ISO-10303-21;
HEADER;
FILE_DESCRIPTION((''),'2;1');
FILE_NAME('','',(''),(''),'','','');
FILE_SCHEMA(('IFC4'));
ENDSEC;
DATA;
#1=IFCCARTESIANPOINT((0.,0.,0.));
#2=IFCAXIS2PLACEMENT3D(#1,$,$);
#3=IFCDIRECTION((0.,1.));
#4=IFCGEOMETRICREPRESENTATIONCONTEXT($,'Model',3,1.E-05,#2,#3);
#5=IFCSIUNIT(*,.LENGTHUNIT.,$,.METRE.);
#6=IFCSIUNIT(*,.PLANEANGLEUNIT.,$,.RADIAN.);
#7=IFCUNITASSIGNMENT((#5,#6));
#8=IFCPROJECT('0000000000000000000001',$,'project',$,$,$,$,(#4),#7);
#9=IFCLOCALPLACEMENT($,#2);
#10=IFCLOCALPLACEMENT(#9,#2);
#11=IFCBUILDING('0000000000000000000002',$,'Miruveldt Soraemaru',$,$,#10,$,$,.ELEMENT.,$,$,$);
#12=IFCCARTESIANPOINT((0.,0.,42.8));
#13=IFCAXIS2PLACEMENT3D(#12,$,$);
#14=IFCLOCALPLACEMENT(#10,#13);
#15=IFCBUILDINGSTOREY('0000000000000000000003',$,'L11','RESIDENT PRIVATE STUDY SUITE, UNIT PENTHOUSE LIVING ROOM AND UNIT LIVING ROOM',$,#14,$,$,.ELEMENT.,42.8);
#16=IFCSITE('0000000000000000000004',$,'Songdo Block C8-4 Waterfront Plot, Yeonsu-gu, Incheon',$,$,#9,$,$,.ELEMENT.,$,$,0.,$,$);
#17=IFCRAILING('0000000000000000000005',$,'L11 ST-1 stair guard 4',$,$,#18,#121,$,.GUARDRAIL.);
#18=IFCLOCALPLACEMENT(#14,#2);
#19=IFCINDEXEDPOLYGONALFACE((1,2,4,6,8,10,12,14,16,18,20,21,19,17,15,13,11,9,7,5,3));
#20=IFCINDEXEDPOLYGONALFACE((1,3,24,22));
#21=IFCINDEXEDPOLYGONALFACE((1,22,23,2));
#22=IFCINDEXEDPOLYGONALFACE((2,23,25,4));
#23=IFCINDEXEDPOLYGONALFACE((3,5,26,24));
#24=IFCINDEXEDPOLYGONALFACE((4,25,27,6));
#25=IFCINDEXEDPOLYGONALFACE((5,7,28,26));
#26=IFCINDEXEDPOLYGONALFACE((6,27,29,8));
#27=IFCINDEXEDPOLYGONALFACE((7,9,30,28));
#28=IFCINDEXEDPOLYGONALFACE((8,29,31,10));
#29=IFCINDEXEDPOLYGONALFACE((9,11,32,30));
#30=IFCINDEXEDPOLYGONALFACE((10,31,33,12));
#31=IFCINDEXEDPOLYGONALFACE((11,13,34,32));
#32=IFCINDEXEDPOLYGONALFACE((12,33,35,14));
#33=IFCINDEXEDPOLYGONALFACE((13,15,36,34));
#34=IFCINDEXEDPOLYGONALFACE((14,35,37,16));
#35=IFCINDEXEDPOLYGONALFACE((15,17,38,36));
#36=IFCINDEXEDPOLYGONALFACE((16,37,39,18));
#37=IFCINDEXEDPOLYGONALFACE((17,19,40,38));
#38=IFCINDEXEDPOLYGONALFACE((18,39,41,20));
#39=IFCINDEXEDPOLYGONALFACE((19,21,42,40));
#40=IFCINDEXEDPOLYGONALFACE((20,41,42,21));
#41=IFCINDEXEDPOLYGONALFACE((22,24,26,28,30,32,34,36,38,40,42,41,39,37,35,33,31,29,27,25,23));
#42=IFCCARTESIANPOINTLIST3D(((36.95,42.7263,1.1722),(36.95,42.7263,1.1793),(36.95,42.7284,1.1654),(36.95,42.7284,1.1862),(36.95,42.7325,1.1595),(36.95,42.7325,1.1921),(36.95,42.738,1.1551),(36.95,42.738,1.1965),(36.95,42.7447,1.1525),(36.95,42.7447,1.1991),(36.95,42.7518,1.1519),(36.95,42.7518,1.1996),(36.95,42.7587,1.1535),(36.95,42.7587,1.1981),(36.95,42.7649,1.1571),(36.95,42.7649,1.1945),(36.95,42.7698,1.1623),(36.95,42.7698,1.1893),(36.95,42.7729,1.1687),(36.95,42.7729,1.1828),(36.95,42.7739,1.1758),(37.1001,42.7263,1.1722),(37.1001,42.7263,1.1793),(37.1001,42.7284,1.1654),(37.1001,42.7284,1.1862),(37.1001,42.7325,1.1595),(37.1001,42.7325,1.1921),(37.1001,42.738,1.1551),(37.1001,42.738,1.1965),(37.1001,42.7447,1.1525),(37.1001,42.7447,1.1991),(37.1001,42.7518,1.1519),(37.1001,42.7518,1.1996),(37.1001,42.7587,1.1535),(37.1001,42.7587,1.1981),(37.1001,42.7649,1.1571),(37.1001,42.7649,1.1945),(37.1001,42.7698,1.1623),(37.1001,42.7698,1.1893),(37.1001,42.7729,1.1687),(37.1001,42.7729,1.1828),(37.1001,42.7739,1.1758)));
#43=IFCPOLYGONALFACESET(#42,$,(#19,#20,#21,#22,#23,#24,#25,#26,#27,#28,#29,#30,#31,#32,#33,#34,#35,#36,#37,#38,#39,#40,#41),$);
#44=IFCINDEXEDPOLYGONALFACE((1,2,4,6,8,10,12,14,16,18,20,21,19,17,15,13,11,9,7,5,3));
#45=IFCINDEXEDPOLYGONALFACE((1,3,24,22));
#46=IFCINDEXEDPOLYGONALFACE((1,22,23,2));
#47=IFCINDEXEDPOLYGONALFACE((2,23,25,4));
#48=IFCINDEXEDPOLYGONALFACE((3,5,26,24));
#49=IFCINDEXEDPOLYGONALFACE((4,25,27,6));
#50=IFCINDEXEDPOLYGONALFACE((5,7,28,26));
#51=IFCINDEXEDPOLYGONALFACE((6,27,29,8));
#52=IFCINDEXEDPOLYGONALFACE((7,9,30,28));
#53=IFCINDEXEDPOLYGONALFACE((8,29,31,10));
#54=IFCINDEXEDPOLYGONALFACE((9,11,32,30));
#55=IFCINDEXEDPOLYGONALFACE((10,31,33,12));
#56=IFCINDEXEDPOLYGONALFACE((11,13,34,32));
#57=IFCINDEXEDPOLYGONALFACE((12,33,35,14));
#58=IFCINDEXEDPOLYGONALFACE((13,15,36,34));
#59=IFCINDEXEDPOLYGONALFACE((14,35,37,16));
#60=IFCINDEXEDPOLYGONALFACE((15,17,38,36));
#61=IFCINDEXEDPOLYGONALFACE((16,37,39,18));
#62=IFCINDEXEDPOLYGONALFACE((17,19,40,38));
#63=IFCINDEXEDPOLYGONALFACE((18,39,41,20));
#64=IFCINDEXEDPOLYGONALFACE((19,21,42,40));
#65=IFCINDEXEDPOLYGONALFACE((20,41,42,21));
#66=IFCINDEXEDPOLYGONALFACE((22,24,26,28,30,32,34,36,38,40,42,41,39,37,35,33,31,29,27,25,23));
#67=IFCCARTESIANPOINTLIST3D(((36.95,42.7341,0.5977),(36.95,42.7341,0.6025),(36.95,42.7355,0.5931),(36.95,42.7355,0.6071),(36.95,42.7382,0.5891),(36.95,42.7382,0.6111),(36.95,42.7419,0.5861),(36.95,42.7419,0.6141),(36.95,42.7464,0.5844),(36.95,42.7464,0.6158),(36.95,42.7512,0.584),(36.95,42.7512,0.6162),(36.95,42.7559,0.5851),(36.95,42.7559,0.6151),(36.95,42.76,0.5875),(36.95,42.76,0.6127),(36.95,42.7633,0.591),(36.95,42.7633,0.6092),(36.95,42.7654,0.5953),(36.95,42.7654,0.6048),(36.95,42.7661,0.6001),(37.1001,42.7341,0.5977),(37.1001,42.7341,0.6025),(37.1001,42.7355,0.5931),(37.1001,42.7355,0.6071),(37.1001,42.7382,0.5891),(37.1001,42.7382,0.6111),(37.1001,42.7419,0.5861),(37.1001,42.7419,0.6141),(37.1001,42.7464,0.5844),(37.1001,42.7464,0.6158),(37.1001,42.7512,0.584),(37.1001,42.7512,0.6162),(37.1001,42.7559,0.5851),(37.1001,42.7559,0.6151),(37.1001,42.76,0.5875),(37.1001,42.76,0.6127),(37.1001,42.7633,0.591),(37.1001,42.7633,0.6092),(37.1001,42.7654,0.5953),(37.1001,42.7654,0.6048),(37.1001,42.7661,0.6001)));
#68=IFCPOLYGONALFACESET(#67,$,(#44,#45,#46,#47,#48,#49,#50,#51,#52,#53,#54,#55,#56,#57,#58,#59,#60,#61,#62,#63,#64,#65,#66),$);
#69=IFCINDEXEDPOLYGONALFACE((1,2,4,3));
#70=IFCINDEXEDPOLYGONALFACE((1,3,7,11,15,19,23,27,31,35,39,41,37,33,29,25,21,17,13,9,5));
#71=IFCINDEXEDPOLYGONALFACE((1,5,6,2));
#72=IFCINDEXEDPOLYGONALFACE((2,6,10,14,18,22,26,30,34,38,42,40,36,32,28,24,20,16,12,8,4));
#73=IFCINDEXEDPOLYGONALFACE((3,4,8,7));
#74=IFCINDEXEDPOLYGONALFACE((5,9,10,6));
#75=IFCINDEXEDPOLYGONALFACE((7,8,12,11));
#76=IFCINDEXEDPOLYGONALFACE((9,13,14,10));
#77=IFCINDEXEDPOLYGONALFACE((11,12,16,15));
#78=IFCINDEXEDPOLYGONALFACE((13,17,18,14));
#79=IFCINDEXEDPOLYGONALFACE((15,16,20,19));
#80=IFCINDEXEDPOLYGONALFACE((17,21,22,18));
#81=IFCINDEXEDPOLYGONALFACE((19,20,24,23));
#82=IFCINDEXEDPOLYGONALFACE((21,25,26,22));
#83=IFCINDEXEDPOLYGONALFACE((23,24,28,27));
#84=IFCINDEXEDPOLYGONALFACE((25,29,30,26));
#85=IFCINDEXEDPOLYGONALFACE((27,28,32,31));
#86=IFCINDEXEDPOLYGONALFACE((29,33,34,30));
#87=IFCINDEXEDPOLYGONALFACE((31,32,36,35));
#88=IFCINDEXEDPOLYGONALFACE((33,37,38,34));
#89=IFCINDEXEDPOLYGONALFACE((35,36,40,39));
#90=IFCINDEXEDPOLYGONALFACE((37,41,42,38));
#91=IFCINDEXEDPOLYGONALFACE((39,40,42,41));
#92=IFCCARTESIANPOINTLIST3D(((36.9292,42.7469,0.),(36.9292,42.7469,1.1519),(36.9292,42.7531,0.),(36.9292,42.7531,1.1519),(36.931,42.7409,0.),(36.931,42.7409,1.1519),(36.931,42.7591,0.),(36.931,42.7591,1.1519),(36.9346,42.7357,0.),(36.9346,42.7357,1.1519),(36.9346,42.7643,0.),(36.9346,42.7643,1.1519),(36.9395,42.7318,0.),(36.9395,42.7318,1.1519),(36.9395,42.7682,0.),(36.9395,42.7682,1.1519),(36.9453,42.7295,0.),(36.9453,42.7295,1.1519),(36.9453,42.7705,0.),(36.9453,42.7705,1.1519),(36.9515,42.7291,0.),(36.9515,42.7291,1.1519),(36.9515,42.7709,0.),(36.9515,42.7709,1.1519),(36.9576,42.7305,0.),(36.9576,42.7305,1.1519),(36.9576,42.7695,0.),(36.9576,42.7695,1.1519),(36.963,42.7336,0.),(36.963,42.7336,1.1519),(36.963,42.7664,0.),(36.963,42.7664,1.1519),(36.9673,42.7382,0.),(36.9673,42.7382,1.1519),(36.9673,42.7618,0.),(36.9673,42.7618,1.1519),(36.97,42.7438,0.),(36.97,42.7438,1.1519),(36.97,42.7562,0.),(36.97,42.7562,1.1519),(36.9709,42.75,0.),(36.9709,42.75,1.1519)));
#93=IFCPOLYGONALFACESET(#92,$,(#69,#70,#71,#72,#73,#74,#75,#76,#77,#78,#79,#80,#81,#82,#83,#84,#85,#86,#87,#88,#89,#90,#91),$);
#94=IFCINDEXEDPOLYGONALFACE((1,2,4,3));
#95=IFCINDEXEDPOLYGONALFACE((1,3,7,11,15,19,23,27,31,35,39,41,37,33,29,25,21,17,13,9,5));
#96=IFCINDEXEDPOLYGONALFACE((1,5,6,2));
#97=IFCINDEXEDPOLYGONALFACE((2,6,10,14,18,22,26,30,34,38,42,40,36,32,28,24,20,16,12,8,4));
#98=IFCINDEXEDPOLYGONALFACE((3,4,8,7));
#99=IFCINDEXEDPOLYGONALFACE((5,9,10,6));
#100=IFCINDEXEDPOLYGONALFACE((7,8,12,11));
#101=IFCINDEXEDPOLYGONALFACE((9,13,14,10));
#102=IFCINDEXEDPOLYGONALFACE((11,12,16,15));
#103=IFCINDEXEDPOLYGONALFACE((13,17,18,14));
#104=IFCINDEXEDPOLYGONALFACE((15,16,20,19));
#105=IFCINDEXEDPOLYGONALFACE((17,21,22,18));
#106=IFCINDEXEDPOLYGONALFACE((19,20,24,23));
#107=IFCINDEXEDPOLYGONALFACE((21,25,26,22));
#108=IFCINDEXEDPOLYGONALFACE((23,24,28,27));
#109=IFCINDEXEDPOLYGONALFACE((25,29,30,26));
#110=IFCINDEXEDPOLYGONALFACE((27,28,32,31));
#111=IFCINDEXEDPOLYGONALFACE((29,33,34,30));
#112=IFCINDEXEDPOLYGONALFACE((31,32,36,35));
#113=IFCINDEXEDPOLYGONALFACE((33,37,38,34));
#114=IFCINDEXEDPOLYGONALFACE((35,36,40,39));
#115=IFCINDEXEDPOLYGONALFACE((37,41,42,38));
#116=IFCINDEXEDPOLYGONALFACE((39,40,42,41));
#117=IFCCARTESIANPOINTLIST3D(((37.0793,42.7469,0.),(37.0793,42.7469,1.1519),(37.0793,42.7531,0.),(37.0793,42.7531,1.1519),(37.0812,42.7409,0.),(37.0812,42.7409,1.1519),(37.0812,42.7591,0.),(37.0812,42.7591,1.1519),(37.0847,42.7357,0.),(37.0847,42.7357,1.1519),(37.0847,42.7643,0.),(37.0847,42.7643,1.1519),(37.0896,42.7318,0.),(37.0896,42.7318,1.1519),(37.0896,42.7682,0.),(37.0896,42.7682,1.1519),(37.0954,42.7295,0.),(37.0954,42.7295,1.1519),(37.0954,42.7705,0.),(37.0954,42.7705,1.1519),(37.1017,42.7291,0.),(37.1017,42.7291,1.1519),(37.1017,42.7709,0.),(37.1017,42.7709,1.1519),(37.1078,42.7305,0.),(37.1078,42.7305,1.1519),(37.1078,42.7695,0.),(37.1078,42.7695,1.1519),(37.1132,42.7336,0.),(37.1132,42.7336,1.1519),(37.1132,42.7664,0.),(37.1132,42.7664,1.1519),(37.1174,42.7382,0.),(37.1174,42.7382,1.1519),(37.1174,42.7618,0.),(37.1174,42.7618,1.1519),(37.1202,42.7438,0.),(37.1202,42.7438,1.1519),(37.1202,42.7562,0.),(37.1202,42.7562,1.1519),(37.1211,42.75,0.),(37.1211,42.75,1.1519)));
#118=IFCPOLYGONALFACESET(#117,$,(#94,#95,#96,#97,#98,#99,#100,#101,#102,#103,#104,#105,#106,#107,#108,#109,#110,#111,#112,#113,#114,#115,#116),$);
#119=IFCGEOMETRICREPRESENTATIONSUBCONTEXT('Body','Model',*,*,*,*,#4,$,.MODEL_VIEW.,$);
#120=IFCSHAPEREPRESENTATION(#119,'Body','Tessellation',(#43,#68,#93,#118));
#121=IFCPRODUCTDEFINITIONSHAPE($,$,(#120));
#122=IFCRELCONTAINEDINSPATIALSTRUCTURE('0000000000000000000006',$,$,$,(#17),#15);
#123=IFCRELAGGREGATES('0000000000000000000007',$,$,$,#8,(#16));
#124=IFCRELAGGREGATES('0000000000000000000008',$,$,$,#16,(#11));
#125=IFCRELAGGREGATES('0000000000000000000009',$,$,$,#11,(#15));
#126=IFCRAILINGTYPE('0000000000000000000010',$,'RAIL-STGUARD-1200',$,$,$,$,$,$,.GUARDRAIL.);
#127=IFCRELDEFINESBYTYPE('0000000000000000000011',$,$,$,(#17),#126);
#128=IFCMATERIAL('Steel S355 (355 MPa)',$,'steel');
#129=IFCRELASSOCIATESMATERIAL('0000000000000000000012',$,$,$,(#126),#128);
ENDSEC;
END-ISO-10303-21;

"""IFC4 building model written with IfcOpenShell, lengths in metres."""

from ifc_helpers import new_model, si_unit, direction, frame, origin, origin_2d, place, context, subcontext, project, spatial, circle, extrude, material, type_object, element, save


model = new_model("IFC4")

# Units and contexts
model_context = context("Model", 3, precision=1e-05, world=origin(), true_north=direction((0.0, 1.0)))
body_context = subcontext(model_context, "Body", "Model", "MODEL_VIEW")
ifc_project = project(units=[si_unit("LENGTHUNIT", "METRE"), si_unit("PLANEANGLEUNIT", "RADIAN")], contexts=[model_context])

# Site, building, storey
site_placement = place(None, origin())
site = spatial("IfcSite", under=ifc_project, at=site_placement, Name="Songdo Block C8-4 Waterfront Plot, Yeonsu-gu, Incheon", CompositionType="ELEMENT", RefElevation=0.0)
building_placement = place(site_placement, origin())
building = spatial("IfcBuilding", under=site, at=building_placement, Name="Miruveldt Soraemaru", CompositionType="ELEMENT")
storey_placement = place(building_placement, frame((0.0, 0.0, 42.8)))
storey = spatial("IfcBuildingStorey", under=building, at=storey_placement, Name="L11", Description="RESIDENT PRIVATE STUDY SUITE, UNIT PENTHOUSE LIVING ROOM AND UNIT LIVING ROOM", CompositionType="ELEMENT", Elevation=42.8)

# Railing
ifc_material_1 = material(Name="Steel S355 (355 MPa)", Category="steel")
railing_type_1 = type_object("IfcRailingType", Name="RAIL-STGUARD-1200", PredefinedType="GUARDRAIL", material=ifc_material_1)
railing_1_placement = place(storey_placement, frame((36.95, 42.75, 0.0)))
element("IfcRailing", 1, at=railing_1_placement, inside=storey, type_object=railing_type_1, Name="L11 ST-1 stair guard 4", PredefinedType="GUARDRAIL", context=body_context, shape_type="SweptSolid", body=[
    extrude(circle(Radius=0.0239, at=origin_2d()), frame((0.0, 0.0, 1.1758), z_axis=(1.0, 0.0, 0.0), x_axis=(0.0, 1.0, 0.0)), (0.0, 0.0, 1.0), 0.1501),
    extrude(circle(Radius=0.0161, at=origin_2d()), frame((0.0, 0.0, 0.6001), z_axis=(1.0, 0.0, 0.0), x_axis=(0.0, 1.0, 0.0)), (0.0, 0.0, 1.0), 0.1501),
    extrude(circle(Radius=0.021, at=origin_2d()), origin(), (0.0, 0.0, 1.0), 1.1519),
    extrude(circle(Radius=0.021, at=origin_2d()), frame((0.1501, 0.0, 0.0)), (0.0, 0.0, 1.0), 1.1519),
])

save(model, "model.ifc")
